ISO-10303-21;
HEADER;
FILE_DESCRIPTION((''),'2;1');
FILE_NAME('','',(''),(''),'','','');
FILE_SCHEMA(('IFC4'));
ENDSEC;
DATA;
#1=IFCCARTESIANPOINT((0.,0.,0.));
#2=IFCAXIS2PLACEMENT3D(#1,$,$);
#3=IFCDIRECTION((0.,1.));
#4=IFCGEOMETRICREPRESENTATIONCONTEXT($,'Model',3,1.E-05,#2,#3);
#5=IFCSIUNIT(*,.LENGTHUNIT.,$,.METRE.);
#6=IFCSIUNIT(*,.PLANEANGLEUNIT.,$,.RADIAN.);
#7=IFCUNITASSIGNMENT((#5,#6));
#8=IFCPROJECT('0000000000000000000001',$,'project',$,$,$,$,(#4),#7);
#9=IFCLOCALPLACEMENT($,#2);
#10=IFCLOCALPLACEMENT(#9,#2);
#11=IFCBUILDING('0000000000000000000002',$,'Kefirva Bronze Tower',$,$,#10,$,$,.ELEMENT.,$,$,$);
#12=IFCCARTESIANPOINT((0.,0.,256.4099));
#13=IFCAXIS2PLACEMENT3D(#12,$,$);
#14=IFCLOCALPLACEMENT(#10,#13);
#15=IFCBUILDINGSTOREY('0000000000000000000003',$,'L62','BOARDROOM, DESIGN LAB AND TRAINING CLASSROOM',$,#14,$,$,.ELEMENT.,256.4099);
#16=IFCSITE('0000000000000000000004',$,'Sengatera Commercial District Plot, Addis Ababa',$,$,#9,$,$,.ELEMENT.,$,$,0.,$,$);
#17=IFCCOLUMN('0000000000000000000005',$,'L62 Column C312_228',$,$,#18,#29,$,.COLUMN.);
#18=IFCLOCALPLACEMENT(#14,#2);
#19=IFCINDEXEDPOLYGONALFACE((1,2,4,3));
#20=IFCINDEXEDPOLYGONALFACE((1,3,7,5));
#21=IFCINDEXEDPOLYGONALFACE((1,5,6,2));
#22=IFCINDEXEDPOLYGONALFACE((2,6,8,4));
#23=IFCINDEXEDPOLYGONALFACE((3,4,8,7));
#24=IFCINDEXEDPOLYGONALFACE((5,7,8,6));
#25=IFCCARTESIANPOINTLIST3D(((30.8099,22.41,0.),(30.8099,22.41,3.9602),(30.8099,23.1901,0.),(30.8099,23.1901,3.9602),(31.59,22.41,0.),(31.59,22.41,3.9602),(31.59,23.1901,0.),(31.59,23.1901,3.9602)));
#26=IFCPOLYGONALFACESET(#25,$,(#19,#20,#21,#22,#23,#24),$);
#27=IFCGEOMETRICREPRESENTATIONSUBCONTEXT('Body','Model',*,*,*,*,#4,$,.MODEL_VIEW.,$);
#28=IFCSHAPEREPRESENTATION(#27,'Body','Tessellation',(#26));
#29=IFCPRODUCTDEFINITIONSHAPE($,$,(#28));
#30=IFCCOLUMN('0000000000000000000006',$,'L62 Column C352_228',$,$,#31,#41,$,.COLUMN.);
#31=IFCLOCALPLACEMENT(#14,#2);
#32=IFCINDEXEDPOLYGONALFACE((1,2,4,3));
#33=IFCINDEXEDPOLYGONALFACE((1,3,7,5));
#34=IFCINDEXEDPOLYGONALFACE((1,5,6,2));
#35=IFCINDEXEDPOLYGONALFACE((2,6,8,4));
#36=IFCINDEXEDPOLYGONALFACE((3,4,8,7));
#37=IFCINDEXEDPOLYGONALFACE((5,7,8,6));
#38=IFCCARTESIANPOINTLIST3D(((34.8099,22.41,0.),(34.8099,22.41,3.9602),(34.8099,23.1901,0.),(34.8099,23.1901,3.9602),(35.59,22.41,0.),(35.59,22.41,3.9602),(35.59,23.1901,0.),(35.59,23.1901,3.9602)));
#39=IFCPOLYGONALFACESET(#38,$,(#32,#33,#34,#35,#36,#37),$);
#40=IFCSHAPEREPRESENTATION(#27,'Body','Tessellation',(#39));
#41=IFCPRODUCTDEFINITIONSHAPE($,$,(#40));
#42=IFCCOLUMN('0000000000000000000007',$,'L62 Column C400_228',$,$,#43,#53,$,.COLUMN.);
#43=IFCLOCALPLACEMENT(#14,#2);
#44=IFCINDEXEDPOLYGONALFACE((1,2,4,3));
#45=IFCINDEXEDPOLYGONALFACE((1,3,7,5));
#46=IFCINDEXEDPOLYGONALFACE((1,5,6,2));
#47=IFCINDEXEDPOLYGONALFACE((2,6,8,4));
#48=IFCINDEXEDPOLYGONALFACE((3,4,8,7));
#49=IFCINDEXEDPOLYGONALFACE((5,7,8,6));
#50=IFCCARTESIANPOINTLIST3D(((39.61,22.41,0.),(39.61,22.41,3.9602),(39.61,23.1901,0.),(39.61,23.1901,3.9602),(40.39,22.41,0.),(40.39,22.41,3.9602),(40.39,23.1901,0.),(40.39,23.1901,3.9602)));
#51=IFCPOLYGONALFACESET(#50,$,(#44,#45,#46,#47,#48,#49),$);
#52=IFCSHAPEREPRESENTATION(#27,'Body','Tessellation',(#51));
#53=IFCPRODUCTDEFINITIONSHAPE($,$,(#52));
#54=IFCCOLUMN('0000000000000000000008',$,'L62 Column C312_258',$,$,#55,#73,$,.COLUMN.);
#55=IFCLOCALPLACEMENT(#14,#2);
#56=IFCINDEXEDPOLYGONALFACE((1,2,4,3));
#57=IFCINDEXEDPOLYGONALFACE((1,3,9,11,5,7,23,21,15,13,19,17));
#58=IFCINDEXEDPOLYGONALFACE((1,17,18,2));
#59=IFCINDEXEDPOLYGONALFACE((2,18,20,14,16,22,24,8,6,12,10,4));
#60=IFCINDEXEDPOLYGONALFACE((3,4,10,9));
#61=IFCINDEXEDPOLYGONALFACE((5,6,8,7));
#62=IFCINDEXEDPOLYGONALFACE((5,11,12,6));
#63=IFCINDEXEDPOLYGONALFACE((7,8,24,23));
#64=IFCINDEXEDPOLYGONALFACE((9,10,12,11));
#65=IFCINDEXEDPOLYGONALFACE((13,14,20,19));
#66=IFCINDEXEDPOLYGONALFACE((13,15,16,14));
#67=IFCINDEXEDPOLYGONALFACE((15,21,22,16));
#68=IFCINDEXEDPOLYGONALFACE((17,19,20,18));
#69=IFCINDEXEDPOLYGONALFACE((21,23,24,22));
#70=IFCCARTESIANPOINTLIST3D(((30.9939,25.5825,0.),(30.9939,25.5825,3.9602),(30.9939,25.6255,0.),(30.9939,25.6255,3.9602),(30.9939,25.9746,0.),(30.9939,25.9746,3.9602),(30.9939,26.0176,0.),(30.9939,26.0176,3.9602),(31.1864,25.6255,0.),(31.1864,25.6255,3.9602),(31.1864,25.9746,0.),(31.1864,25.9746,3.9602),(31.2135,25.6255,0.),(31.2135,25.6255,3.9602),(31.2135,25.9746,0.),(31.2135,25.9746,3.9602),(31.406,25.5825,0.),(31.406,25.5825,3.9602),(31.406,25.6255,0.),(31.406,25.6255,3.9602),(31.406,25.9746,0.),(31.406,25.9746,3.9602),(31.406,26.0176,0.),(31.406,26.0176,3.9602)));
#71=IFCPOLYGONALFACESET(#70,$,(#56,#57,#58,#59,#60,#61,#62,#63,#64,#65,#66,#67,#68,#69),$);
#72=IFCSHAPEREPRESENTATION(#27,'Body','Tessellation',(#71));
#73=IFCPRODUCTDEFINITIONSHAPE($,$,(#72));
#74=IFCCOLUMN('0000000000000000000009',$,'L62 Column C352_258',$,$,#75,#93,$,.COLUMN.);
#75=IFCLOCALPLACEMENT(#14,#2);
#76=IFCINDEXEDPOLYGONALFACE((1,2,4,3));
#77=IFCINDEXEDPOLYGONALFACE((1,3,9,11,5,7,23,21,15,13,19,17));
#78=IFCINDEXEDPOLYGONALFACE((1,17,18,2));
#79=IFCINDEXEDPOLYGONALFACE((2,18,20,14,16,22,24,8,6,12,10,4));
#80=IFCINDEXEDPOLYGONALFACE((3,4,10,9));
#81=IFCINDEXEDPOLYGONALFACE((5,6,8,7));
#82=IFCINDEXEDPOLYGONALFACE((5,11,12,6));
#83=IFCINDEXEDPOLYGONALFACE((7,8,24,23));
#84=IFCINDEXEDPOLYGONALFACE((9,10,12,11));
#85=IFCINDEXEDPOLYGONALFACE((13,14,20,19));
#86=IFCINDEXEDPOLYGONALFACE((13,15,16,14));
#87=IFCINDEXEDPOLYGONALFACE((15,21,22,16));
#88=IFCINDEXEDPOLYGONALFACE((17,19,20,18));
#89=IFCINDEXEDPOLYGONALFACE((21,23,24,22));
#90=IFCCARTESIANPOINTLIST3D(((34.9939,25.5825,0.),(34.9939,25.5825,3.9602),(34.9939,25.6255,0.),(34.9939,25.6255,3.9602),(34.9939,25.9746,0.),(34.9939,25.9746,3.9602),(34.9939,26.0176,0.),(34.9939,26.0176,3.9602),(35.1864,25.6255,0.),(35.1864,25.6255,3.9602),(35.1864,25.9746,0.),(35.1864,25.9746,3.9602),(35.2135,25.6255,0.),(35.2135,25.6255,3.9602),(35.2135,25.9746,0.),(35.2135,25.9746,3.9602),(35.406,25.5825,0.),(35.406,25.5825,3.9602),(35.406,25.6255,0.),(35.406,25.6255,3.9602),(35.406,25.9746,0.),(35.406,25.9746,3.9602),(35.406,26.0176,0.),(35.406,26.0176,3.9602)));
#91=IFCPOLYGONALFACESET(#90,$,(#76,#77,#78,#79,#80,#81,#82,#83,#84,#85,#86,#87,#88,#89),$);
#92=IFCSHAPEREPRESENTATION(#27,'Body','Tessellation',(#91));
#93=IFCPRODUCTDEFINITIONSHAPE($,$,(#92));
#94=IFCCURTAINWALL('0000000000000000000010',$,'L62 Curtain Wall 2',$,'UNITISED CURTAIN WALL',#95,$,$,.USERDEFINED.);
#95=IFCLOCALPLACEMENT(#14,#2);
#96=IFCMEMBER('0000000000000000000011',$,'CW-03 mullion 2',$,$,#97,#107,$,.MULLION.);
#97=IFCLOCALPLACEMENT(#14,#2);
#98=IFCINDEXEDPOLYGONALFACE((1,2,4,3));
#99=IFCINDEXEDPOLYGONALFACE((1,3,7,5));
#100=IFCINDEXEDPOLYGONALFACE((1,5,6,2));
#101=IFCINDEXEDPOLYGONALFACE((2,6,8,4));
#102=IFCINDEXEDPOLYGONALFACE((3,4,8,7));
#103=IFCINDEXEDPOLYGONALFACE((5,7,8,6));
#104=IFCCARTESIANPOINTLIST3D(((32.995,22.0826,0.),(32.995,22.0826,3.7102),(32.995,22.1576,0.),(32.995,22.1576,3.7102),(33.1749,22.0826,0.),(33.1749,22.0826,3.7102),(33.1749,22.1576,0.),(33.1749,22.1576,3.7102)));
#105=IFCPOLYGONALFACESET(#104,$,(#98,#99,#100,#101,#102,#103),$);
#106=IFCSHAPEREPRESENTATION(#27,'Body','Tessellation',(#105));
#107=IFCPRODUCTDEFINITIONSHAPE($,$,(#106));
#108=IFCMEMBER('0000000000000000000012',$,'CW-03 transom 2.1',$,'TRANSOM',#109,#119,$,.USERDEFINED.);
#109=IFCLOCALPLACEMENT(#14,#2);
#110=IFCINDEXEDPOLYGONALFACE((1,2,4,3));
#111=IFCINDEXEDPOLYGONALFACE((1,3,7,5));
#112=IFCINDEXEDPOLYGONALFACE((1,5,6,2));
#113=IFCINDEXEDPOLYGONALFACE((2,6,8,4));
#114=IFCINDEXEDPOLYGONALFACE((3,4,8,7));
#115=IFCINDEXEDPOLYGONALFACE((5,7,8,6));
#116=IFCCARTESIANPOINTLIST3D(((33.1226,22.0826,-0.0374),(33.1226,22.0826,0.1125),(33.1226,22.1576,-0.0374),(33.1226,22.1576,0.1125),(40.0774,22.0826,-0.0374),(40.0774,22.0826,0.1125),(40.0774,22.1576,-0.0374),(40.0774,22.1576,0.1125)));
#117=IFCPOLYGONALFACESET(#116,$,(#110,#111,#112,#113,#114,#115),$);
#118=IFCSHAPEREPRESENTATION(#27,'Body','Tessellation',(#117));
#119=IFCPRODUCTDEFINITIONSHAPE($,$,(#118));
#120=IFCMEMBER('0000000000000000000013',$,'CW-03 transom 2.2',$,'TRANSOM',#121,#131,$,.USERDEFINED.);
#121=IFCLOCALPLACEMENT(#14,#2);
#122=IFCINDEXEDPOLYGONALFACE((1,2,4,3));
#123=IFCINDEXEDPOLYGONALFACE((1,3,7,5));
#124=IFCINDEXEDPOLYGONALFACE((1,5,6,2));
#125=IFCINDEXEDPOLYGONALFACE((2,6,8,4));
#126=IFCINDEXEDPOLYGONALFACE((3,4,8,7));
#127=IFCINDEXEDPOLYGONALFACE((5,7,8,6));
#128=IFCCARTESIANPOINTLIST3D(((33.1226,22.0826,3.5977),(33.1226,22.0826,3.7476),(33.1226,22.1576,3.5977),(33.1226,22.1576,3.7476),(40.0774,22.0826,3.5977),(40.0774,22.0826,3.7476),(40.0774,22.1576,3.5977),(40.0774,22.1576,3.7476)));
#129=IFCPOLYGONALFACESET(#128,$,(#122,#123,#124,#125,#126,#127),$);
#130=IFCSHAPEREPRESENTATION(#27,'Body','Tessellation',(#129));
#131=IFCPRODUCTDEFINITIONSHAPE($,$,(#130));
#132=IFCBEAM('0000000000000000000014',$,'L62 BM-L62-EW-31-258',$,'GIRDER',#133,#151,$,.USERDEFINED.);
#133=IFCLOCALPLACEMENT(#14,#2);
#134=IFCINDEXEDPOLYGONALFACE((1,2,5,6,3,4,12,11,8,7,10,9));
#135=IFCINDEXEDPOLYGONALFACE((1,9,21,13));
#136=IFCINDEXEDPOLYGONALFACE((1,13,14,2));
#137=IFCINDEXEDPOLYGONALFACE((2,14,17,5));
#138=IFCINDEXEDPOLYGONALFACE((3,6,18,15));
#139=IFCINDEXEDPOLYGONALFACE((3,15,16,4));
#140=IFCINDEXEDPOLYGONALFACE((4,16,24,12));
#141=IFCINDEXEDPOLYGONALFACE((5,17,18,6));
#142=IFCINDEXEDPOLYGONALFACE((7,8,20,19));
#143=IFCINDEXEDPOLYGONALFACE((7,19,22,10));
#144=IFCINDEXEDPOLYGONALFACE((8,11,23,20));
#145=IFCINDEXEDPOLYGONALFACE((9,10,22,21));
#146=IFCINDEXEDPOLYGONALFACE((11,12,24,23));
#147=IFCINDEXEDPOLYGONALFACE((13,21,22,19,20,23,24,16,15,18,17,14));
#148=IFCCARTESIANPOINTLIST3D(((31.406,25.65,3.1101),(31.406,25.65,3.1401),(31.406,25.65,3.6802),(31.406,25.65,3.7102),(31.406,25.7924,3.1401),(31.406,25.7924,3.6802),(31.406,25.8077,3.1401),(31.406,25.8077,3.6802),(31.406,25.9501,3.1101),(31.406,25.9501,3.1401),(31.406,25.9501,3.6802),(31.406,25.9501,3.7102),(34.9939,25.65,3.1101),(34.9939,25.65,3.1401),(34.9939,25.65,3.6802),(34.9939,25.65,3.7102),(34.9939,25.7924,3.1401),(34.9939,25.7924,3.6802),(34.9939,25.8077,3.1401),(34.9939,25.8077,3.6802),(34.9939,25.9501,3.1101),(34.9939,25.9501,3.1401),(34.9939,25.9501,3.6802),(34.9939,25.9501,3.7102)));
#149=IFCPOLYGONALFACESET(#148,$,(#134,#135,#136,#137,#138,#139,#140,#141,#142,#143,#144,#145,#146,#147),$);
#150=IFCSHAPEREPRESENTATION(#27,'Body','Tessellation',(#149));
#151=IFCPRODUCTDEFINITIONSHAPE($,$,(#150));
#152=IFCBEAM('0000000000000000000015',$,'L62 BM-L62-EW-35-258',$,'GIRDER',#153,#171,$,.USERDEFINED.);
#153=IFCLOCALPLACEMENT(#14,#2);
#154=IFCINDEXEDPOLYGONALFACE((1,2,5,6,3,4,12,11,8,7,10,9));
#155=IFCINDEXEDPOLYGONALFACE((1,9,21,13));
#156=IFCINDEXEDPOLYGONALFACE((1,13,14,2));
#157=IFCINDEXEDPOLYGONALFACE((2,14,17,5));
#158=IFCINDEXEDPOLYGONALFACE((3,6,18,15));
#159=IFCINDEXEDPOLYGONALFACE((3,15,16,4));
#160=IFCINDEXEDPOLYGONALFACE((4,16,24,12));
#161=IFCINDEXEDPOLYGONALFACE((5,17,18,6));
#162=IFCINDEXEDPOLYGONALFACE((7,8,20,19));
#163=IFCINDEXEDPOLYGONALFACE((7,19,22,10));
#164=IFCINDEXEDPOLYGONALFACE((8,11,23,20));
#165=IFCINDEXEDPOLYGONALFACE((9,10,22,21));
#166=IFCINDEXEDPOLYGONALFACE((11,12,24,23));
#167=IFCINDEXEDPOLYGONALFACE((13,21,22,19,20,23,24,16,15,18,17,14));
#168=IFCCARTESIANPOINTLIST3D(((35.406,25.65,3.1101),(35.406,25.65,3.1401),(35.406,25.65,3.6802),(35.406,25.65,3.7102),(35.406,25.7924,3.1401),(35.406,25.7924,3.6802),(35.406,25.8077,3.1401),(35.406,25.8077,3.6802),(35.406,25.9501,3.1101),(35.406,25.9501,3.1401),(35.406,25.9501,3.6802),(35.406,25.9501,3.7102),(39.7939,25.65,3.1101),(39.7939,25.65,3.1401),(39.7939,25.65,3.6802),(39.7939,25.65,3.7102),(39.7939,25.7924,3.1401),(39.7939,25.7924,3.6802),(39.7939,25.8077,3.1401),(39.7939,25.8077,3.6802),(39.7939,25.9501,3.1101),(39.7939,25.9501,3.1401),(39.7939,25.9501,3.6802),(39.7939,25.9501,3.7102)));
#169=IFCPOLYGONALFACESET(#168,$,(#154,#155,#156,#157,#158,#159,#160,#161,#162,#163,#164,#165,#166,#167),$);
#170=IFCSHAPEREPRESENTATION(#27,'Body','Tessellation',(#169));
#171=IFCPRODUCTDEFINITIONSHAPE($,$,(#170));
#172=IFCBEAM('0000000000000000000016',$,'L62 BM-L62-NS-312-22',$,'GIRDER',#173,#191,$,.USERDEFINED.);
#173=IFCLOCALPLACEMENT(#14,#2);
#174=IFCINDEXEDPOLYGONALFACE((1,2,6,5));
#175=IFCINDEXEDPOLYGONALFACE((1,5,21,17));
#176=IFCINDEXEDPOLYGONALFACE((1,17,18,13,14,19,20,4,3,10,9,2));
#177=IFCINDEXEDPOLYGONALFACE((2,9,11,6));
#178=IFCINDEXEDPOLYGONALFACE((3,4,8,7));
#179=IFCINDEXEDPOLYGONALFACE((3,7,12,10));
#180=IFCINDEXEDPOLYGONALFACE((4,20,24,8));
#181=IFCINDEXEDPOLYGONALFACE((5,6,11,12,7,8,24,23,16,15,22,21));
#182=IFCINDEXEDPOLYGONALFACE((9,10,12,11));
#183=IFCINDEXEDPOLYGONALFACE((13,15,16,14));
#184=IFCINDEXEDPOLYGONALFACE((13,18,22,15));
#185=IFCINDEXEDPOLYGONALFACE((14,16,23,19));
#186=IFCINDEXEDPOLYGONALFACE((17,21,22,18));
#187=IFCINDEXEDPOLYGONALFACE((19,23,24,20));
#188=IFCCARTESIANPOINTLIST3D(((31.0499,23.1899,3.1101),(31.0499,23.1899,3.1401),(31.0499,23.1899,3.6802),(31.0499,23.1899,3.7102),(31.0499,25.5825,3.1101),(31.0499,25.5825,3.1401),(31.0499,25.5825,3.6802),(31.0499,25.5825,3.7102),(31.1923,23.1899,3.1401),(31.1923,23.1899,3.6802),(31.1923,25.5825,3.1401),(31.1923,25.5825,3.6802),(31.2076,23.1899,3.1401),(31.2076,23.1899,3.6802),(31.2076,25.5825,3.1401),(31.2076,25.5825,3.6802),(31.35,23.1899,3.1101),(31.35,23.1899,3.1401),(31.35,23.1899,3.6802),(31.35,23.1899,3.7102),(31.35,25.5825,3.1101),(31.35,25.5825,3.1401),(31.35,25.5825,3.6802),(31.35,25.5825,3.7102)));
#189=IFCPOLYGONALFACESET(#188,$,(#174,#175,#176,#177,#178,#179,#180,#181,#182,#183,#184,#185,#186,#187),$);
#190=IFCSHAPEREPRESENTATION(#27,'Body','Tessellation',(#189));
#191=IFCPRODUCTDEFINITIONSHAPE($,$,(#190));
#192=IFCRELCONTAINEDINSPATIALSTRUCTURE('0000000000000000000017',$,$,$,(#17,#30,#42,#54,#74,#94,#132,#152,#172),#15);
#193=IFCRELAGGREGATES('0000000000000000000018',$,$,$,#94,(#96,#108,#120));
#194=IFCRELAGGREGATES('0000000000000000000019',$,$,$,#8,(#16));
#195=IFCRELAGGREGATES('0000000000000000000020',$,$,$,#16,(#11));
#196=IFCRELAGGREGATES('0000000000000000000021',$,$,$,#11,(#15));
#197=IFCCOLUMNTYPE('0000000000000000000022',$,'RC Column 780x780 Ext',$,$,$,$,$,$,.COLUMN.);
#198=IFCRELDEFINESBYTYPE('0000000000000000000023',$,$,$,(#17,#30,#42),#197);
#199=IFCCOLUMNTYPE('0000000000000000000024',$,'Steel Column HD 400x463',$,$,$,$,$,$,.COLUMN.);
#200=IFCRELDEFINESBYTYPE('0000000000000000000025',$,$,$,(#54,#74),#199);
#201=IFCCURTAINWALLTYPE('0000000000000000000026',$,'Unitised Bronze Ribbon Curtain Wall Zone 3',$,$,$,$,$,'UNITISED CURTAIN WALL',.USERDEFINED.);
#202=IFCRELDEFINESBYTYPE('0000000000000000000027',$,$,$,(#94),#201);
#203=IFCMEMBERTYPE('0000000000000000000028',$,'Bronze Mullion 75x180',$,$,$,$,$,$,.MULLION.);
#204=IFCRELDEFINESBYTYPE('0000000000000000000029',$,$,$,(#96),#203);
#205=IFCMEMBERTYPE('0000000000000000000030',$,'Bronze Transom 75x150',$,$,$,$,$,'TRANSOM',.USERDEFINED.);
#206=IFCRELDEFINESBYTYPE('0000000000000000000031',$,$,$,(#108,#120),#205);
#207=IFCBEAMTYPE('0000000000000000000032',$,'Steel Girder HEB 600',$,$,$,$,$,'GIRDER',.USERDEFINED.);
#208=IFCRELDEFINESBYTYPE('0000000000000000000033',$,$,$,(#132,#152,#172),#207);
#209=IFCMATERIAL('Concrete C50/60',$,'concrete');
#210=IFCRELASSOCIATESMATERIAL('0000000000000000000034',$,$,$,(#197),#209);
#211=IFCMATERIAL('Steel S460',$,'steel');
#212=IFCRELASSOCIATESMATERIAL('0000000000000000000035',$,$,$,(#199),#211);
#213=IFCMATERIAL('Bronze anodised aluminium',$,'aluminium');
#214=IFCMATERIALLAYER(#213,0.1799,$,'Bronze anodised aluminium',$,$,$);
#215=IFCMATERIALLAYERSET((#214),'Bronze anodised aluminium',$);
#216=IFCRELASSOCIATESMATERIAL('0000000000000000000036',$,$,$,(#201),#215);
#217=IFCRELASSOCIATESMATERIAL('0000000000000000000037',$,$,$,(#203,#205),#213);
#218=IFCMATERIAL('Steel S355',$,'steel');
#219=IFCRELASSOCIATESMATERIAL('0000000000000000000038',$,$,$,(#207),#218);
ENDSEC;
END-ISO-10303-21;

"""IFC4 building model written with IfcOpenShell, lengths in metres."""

from ifc_helpers import new_model, si_unit, direction, frame, origin, origin_2d, place, context, subcontext, project, spatial, rectangle, i_section, extrude, material, layer, layer_set, material_profile, profile_set, type_object, element, aggregate, save


model = new_model("IFC4")

# Units and contexts
model_context = context("Model", 3, precision=1e-05, world=origin(), true_north=direction((0.0, 1.0)))
body_context = subcontext(model_context, "Body", "Model", "MODEL_VIEW")
ifc_project = project(units=[si_unit("LENGTHUNIT", "METRE"), si_unit("PLANEANGLEUNIT", "RADIAN")], contexts=[model_context])

# Site, building, storey
site_placement = place(None, origin())
site = spatial("IfcSite", under=ifc_project, at=site_placement, Name="Sengatera Commercial District Plot, Addis Ababa", CompositionType="ELEMENT", RefElevation=0.0)
building_placement = place(site_placement, origin())
building = spatial("IfcBuilding", under=site, at=building_placement, Name="Kefirva Bronze Tower", CompositionType="ELEMENT")
storey_placement = place(building_placement, frame((0.0, 0.0, 256.4099)))
storey = spatial("IfcBuildingStorey", under=building, at=storey_placement, Name="L62", Description="BOARDROOM, DESIGN LAB AND TRAINING CLASSROOM", CompositionType="ELEMENT", Elevation=256.4099)

# Columns
ifc_material_1 = material(Name="Concrete C50/60", Category="concrete")
ifc_material_profile_1 = material_profile(ifc_material_1, rectangle(XDim=0.78, YDim=0.78, at=origin_2d()), Name="RC 780x780")
ifc_profile_set_1 = profile_set([ifc_material_profile_1], Name="Concrete C50/60")
column_type_1 = type_object("IfcColumnType", Name="RC Column 780x780 Ext", PredefinedType="COLUMN", material=ifc_profile_set_1)
for number, where, z_axis, x_axis, name in (
    (1, (31.2, 22.8, 0.0), (0.0, 0.0, 1.0), (1.0, 0.0, 0.0), "L62 Column C312_228"),
    (2, (35.2, 22.8, 0.0), (0.0, 0.0, 1.0), (1.0, 0.0, 0.0), "L62 Column C352_228"),
    (3, (40.0, 22.8, 0.0), (0.0, 0.0, 1.0), (1.0, 0.0, 0.0), "L62 Column C400_228"),
):
    element("IfcColumn", number, at=place(storey_placement, frame(where, z_axis=z_axis, x_axis=x_axis)), inside=storey, type_object=column_type_1, Name=name, PredefinedType="COLUMN", context=body_context, shape_type="SweptSolid", body=[
        extrude(rectangle(XDim=0.78, YDim=0.78, at=origin_2d()), origin(), (0.0, 0.0, 1.0), 3.9602),
    ])
ifc_material_2 = material(Name="Steel S460", Category="steel")
ifc_material_profile_2 = material_profile(ifc_material_2, i_section(OverallWidth=0.4121, OverallDepth=0.4351, WebThickness=0.0271, FlangeThickness=0.043, at=origin_2d()), Name="HD 400x463")
ifc_profile_set_2 = profile_set([ifc_material_profile_2], Name="Steel S460")
column_type_2 = type_object("IfcColumnType", Name="Steel Column HD 400x463", PredefinedType="COLUMN", material=ifc_profile_set_2)
for number, where, z_axis, x_axis, name in (
    (4, (31.2, 25.8, 0.0), (0.0, 0.0, 1.0), (1.0, 0.0, 0.0), "L62 Column C312_258"),
    (5, (35.2, 25.8, 0.0), (0.0, 0.0, 1.0), (1.0, 0.0, 0.0), "L62 Column C352_258"),
):
    element("IfcColumn", number, at=place(storey_placement, frame(where, z_axis=z_axis, x_axis=x_axis)), inside=storey, type_object=column_type_2, Name=name, PredefinedType="COLUMN", context=body_context, shape_type="SweptSolid", body=[
        extrude(i_section(OverallWidth=0.4121, OverallDepth=0.4351, WebThickness=0.0271, FlangeThickness=0.043, at=origin_2d()), origin(), (0.0, 0.0, 1.0), 3.9602),
    ])

# Curtain wall, members
ifc_material_3 = material(Name="Bronze anodised aluminium", Category="aluminium")
ifc_layer_1 = layer(ifc_material_3, 0.1799, Name="Bronze anodised aluminium")
ifc_layer_set_1 = layer_set([ifc_layer_1], Name="Bronze anodised aluminium")
curtain_wall_type = type_object("IfcCurtainWallType", Name="Unitised Bronze Ribbon Curtain Wall Zone 3", ElementType="UNITISED CURTAIN WALL", PredefinedType="USERDEFINED", material=ifc_layer_set_1)
curtain_wall_placement = place(storey_placement, origin())
curtain_wall = element("IfcCurtainWall", 6, at=curtain_wall_placement, inside=storey, type_object=curtain_wall_type, Name="L62 Curtain Wall 2", ObjectType="UNITISED CURTAIN WALL", PredefinedType="USERDEFINED")
ifc_material_profile_3 = material_profile(ifc_material_3, rectangle(XDim=0.075, YDim=0.1799, at=origin_2d()), Name="ALU 75x180")
ifc_profile_set_3 = profile_set([ifc_material_profile_3], Name="Bronze anodised aluminium")
member_type_1 = type_object("IfcMemberType", Name="Bronze Mullion 75x180", PredefinedType="MULLION", material=ifc_profile_set_3)
member_1_placement = place(storey_placement, frame((33.085, 22.1201, 0.0), z_axis=(0.0, 0.0, 1.0), x_axis=(0.0, 1.0, 0.0)))
member_1 = element("IfcMember", 7, at=member_1_placement, type_object=member_type_1, Name="CW-03 mullion 2", PredefinedType="MULLION", context=body_context, shape_type="SweptSolid", body=[
    extrude(rectangle(XDim=0.075, YDim=0.1799, at=origin_2d()), origin(), (0.0, 0.0, 1.0), 3.7102),
])
ifc_material_profile_4 = material_profile(ifc_material_3, rectangle(XDim=0.075, YDim=0.1499, at=origin_2d()), Name="ALU 75x150")
ifc_profile_set_4 = profile_set([ifc_material_profile_4], Name="Bronze anodised aluminium")
member_type_2 = type_object("IfcMemberType", Name="Bronze Transom 75x150", ElementType="TRANSOM", PredefinedType="USERDEFINED", material=ifc_profile_set_4)
member_2_placement = place(storey_placement, frame((33.1226, 22.1201, 0.0376), z_axis=(1.0, 0.0, 0.0), x_axis=(0.0, 1.0, 0.0)))
member_2 = element("IfcMember", 8, at=member_2_placement, type_object=member_type_2, Name="CW-03 transom 2.1", ObjectType="TRANSOM", PredefinedType="USERDEFINED", context=body_context, shape_type="SweptSolid", body=[
    extrude(rectangle(XDim=0.075, YDim=0.1499, at=origin_2d()), origin(), (0.0, 0.0, 1.0), 6.9548),
])
member_3_placement = place(storey_placement, frame((33.1226, 22.1201, 3.6726), z_axis=(1.0, 0.0, 0.0), x_axis=(0.0, 1.0, 0.0)))
member_3 = element("IfcMember", 9, at=member_3_placement, type_object=member_type_2, Name="CW-03 transom 2.2", ObjectType="TRANSOM", PredefinedType="USERDEFINED", context=body_context, shape_type="SweptSolid", body=[
    extrude(rectangle(XDim=0.075, YDim=0.1499, at=origin_2d()), origin(), (0.0, 0.0, 1.0), 6.9548),
])

# Beams
ifc_material_4 = material(Name="Steel S355", Category="steel")
ifc_material_profile_5 = material_profile(ifc_material_4, i_section(OverallWidth=0.3, OverallDepth=0.6001, WebThickness=0.0154, FlangeThickness=0.03, at=origin_2d()), Name="HEB 600")
ifc_profile_set_5 = profile_set([ifc_material_profile_5], Name="Steel S355")
beam_type_1 = type_object("IfcBeamType", Name="Steel Girder HEB 600", ElementType="GIRDER", PredefinedType="USERDEFINED", material=ifc_profile_set_5)
beam_1_placement = place(storey_placement, frame((31.406, 25.8, 3.4102), z_axis=(1.0, 0.0, 0.0), x_axis=(0.0, 1.0, 0.0)))
element("IfcBeam", 10, at=beam_1_placement, inside=storey, type_object=beam_type_1, Name="L62 BM-L62-EW-31-258", ObjectType="GIRDER", PredefinedType="USERDEFINED", context=body_context, shape_type="SweptSolid", body=[
    extrude(i_section(OverallWidth=0.3, OverallDepth=0.6001, WebThickness=0.0154, FlangeThickness=0.03, at=origin_2d()), origin(), (0.0, 0.0, 1.0), 3.5879),
])
beam_2_placement = place(storey_placement, frame((35.406, 25.8, 3.4102), z_axis=(1.0, 0.0, 0.0), x_axis=(0.0, 1.0, 0.0)))
element("IfcBeam", 11, at=beam_2_placement, inside=storey, type_object=beam_type_1, Name="L62 BM-L62-EW-35-258", ObjectType="GIRDER", PredefinedType="USERDEFINED", context=body_context, shape_type="SweptSolid", body=[
    extrude(i_section(OverallWidth=0.3, OverallDepth=0.6001, WebThickness=0.0154, FlangeThickness=0.03, at=origin_2d()), origin(), (0.0, 0.0, 1.0), 4.3879),
])
for number, where, z_axis, x_axis, name in (
    (12, (31.2, 23.1899, 3.4102), (0.0, 1.0, 0.0), (-1.0, 0.0, 0.0), "L62 BM-L62-NS-312-22"),
):
    element("IfcBeam", number, at=place(storey_placement, frame(where, z_axis=z_axis, x_axis=x_axis)), inside=storey, type_object=beam_type_1, Name=name, ObjectType="GIRDER", PredefinedType="USERDEFINED", context=body_context, shape_type="SweptSolid", body=[
        extrude(i_section(OverallWidth=0.3, OverallDepth=0.6001, WebThickness=0.0154, FlangeThickness=0.03, at=origin_2d()), origin(), (0.0, 0.0, 1.0), 2.3926),
    ])

aggregate(curtain_wall, [member_1, member_2, member_3])

save(model, "model.ifc")
